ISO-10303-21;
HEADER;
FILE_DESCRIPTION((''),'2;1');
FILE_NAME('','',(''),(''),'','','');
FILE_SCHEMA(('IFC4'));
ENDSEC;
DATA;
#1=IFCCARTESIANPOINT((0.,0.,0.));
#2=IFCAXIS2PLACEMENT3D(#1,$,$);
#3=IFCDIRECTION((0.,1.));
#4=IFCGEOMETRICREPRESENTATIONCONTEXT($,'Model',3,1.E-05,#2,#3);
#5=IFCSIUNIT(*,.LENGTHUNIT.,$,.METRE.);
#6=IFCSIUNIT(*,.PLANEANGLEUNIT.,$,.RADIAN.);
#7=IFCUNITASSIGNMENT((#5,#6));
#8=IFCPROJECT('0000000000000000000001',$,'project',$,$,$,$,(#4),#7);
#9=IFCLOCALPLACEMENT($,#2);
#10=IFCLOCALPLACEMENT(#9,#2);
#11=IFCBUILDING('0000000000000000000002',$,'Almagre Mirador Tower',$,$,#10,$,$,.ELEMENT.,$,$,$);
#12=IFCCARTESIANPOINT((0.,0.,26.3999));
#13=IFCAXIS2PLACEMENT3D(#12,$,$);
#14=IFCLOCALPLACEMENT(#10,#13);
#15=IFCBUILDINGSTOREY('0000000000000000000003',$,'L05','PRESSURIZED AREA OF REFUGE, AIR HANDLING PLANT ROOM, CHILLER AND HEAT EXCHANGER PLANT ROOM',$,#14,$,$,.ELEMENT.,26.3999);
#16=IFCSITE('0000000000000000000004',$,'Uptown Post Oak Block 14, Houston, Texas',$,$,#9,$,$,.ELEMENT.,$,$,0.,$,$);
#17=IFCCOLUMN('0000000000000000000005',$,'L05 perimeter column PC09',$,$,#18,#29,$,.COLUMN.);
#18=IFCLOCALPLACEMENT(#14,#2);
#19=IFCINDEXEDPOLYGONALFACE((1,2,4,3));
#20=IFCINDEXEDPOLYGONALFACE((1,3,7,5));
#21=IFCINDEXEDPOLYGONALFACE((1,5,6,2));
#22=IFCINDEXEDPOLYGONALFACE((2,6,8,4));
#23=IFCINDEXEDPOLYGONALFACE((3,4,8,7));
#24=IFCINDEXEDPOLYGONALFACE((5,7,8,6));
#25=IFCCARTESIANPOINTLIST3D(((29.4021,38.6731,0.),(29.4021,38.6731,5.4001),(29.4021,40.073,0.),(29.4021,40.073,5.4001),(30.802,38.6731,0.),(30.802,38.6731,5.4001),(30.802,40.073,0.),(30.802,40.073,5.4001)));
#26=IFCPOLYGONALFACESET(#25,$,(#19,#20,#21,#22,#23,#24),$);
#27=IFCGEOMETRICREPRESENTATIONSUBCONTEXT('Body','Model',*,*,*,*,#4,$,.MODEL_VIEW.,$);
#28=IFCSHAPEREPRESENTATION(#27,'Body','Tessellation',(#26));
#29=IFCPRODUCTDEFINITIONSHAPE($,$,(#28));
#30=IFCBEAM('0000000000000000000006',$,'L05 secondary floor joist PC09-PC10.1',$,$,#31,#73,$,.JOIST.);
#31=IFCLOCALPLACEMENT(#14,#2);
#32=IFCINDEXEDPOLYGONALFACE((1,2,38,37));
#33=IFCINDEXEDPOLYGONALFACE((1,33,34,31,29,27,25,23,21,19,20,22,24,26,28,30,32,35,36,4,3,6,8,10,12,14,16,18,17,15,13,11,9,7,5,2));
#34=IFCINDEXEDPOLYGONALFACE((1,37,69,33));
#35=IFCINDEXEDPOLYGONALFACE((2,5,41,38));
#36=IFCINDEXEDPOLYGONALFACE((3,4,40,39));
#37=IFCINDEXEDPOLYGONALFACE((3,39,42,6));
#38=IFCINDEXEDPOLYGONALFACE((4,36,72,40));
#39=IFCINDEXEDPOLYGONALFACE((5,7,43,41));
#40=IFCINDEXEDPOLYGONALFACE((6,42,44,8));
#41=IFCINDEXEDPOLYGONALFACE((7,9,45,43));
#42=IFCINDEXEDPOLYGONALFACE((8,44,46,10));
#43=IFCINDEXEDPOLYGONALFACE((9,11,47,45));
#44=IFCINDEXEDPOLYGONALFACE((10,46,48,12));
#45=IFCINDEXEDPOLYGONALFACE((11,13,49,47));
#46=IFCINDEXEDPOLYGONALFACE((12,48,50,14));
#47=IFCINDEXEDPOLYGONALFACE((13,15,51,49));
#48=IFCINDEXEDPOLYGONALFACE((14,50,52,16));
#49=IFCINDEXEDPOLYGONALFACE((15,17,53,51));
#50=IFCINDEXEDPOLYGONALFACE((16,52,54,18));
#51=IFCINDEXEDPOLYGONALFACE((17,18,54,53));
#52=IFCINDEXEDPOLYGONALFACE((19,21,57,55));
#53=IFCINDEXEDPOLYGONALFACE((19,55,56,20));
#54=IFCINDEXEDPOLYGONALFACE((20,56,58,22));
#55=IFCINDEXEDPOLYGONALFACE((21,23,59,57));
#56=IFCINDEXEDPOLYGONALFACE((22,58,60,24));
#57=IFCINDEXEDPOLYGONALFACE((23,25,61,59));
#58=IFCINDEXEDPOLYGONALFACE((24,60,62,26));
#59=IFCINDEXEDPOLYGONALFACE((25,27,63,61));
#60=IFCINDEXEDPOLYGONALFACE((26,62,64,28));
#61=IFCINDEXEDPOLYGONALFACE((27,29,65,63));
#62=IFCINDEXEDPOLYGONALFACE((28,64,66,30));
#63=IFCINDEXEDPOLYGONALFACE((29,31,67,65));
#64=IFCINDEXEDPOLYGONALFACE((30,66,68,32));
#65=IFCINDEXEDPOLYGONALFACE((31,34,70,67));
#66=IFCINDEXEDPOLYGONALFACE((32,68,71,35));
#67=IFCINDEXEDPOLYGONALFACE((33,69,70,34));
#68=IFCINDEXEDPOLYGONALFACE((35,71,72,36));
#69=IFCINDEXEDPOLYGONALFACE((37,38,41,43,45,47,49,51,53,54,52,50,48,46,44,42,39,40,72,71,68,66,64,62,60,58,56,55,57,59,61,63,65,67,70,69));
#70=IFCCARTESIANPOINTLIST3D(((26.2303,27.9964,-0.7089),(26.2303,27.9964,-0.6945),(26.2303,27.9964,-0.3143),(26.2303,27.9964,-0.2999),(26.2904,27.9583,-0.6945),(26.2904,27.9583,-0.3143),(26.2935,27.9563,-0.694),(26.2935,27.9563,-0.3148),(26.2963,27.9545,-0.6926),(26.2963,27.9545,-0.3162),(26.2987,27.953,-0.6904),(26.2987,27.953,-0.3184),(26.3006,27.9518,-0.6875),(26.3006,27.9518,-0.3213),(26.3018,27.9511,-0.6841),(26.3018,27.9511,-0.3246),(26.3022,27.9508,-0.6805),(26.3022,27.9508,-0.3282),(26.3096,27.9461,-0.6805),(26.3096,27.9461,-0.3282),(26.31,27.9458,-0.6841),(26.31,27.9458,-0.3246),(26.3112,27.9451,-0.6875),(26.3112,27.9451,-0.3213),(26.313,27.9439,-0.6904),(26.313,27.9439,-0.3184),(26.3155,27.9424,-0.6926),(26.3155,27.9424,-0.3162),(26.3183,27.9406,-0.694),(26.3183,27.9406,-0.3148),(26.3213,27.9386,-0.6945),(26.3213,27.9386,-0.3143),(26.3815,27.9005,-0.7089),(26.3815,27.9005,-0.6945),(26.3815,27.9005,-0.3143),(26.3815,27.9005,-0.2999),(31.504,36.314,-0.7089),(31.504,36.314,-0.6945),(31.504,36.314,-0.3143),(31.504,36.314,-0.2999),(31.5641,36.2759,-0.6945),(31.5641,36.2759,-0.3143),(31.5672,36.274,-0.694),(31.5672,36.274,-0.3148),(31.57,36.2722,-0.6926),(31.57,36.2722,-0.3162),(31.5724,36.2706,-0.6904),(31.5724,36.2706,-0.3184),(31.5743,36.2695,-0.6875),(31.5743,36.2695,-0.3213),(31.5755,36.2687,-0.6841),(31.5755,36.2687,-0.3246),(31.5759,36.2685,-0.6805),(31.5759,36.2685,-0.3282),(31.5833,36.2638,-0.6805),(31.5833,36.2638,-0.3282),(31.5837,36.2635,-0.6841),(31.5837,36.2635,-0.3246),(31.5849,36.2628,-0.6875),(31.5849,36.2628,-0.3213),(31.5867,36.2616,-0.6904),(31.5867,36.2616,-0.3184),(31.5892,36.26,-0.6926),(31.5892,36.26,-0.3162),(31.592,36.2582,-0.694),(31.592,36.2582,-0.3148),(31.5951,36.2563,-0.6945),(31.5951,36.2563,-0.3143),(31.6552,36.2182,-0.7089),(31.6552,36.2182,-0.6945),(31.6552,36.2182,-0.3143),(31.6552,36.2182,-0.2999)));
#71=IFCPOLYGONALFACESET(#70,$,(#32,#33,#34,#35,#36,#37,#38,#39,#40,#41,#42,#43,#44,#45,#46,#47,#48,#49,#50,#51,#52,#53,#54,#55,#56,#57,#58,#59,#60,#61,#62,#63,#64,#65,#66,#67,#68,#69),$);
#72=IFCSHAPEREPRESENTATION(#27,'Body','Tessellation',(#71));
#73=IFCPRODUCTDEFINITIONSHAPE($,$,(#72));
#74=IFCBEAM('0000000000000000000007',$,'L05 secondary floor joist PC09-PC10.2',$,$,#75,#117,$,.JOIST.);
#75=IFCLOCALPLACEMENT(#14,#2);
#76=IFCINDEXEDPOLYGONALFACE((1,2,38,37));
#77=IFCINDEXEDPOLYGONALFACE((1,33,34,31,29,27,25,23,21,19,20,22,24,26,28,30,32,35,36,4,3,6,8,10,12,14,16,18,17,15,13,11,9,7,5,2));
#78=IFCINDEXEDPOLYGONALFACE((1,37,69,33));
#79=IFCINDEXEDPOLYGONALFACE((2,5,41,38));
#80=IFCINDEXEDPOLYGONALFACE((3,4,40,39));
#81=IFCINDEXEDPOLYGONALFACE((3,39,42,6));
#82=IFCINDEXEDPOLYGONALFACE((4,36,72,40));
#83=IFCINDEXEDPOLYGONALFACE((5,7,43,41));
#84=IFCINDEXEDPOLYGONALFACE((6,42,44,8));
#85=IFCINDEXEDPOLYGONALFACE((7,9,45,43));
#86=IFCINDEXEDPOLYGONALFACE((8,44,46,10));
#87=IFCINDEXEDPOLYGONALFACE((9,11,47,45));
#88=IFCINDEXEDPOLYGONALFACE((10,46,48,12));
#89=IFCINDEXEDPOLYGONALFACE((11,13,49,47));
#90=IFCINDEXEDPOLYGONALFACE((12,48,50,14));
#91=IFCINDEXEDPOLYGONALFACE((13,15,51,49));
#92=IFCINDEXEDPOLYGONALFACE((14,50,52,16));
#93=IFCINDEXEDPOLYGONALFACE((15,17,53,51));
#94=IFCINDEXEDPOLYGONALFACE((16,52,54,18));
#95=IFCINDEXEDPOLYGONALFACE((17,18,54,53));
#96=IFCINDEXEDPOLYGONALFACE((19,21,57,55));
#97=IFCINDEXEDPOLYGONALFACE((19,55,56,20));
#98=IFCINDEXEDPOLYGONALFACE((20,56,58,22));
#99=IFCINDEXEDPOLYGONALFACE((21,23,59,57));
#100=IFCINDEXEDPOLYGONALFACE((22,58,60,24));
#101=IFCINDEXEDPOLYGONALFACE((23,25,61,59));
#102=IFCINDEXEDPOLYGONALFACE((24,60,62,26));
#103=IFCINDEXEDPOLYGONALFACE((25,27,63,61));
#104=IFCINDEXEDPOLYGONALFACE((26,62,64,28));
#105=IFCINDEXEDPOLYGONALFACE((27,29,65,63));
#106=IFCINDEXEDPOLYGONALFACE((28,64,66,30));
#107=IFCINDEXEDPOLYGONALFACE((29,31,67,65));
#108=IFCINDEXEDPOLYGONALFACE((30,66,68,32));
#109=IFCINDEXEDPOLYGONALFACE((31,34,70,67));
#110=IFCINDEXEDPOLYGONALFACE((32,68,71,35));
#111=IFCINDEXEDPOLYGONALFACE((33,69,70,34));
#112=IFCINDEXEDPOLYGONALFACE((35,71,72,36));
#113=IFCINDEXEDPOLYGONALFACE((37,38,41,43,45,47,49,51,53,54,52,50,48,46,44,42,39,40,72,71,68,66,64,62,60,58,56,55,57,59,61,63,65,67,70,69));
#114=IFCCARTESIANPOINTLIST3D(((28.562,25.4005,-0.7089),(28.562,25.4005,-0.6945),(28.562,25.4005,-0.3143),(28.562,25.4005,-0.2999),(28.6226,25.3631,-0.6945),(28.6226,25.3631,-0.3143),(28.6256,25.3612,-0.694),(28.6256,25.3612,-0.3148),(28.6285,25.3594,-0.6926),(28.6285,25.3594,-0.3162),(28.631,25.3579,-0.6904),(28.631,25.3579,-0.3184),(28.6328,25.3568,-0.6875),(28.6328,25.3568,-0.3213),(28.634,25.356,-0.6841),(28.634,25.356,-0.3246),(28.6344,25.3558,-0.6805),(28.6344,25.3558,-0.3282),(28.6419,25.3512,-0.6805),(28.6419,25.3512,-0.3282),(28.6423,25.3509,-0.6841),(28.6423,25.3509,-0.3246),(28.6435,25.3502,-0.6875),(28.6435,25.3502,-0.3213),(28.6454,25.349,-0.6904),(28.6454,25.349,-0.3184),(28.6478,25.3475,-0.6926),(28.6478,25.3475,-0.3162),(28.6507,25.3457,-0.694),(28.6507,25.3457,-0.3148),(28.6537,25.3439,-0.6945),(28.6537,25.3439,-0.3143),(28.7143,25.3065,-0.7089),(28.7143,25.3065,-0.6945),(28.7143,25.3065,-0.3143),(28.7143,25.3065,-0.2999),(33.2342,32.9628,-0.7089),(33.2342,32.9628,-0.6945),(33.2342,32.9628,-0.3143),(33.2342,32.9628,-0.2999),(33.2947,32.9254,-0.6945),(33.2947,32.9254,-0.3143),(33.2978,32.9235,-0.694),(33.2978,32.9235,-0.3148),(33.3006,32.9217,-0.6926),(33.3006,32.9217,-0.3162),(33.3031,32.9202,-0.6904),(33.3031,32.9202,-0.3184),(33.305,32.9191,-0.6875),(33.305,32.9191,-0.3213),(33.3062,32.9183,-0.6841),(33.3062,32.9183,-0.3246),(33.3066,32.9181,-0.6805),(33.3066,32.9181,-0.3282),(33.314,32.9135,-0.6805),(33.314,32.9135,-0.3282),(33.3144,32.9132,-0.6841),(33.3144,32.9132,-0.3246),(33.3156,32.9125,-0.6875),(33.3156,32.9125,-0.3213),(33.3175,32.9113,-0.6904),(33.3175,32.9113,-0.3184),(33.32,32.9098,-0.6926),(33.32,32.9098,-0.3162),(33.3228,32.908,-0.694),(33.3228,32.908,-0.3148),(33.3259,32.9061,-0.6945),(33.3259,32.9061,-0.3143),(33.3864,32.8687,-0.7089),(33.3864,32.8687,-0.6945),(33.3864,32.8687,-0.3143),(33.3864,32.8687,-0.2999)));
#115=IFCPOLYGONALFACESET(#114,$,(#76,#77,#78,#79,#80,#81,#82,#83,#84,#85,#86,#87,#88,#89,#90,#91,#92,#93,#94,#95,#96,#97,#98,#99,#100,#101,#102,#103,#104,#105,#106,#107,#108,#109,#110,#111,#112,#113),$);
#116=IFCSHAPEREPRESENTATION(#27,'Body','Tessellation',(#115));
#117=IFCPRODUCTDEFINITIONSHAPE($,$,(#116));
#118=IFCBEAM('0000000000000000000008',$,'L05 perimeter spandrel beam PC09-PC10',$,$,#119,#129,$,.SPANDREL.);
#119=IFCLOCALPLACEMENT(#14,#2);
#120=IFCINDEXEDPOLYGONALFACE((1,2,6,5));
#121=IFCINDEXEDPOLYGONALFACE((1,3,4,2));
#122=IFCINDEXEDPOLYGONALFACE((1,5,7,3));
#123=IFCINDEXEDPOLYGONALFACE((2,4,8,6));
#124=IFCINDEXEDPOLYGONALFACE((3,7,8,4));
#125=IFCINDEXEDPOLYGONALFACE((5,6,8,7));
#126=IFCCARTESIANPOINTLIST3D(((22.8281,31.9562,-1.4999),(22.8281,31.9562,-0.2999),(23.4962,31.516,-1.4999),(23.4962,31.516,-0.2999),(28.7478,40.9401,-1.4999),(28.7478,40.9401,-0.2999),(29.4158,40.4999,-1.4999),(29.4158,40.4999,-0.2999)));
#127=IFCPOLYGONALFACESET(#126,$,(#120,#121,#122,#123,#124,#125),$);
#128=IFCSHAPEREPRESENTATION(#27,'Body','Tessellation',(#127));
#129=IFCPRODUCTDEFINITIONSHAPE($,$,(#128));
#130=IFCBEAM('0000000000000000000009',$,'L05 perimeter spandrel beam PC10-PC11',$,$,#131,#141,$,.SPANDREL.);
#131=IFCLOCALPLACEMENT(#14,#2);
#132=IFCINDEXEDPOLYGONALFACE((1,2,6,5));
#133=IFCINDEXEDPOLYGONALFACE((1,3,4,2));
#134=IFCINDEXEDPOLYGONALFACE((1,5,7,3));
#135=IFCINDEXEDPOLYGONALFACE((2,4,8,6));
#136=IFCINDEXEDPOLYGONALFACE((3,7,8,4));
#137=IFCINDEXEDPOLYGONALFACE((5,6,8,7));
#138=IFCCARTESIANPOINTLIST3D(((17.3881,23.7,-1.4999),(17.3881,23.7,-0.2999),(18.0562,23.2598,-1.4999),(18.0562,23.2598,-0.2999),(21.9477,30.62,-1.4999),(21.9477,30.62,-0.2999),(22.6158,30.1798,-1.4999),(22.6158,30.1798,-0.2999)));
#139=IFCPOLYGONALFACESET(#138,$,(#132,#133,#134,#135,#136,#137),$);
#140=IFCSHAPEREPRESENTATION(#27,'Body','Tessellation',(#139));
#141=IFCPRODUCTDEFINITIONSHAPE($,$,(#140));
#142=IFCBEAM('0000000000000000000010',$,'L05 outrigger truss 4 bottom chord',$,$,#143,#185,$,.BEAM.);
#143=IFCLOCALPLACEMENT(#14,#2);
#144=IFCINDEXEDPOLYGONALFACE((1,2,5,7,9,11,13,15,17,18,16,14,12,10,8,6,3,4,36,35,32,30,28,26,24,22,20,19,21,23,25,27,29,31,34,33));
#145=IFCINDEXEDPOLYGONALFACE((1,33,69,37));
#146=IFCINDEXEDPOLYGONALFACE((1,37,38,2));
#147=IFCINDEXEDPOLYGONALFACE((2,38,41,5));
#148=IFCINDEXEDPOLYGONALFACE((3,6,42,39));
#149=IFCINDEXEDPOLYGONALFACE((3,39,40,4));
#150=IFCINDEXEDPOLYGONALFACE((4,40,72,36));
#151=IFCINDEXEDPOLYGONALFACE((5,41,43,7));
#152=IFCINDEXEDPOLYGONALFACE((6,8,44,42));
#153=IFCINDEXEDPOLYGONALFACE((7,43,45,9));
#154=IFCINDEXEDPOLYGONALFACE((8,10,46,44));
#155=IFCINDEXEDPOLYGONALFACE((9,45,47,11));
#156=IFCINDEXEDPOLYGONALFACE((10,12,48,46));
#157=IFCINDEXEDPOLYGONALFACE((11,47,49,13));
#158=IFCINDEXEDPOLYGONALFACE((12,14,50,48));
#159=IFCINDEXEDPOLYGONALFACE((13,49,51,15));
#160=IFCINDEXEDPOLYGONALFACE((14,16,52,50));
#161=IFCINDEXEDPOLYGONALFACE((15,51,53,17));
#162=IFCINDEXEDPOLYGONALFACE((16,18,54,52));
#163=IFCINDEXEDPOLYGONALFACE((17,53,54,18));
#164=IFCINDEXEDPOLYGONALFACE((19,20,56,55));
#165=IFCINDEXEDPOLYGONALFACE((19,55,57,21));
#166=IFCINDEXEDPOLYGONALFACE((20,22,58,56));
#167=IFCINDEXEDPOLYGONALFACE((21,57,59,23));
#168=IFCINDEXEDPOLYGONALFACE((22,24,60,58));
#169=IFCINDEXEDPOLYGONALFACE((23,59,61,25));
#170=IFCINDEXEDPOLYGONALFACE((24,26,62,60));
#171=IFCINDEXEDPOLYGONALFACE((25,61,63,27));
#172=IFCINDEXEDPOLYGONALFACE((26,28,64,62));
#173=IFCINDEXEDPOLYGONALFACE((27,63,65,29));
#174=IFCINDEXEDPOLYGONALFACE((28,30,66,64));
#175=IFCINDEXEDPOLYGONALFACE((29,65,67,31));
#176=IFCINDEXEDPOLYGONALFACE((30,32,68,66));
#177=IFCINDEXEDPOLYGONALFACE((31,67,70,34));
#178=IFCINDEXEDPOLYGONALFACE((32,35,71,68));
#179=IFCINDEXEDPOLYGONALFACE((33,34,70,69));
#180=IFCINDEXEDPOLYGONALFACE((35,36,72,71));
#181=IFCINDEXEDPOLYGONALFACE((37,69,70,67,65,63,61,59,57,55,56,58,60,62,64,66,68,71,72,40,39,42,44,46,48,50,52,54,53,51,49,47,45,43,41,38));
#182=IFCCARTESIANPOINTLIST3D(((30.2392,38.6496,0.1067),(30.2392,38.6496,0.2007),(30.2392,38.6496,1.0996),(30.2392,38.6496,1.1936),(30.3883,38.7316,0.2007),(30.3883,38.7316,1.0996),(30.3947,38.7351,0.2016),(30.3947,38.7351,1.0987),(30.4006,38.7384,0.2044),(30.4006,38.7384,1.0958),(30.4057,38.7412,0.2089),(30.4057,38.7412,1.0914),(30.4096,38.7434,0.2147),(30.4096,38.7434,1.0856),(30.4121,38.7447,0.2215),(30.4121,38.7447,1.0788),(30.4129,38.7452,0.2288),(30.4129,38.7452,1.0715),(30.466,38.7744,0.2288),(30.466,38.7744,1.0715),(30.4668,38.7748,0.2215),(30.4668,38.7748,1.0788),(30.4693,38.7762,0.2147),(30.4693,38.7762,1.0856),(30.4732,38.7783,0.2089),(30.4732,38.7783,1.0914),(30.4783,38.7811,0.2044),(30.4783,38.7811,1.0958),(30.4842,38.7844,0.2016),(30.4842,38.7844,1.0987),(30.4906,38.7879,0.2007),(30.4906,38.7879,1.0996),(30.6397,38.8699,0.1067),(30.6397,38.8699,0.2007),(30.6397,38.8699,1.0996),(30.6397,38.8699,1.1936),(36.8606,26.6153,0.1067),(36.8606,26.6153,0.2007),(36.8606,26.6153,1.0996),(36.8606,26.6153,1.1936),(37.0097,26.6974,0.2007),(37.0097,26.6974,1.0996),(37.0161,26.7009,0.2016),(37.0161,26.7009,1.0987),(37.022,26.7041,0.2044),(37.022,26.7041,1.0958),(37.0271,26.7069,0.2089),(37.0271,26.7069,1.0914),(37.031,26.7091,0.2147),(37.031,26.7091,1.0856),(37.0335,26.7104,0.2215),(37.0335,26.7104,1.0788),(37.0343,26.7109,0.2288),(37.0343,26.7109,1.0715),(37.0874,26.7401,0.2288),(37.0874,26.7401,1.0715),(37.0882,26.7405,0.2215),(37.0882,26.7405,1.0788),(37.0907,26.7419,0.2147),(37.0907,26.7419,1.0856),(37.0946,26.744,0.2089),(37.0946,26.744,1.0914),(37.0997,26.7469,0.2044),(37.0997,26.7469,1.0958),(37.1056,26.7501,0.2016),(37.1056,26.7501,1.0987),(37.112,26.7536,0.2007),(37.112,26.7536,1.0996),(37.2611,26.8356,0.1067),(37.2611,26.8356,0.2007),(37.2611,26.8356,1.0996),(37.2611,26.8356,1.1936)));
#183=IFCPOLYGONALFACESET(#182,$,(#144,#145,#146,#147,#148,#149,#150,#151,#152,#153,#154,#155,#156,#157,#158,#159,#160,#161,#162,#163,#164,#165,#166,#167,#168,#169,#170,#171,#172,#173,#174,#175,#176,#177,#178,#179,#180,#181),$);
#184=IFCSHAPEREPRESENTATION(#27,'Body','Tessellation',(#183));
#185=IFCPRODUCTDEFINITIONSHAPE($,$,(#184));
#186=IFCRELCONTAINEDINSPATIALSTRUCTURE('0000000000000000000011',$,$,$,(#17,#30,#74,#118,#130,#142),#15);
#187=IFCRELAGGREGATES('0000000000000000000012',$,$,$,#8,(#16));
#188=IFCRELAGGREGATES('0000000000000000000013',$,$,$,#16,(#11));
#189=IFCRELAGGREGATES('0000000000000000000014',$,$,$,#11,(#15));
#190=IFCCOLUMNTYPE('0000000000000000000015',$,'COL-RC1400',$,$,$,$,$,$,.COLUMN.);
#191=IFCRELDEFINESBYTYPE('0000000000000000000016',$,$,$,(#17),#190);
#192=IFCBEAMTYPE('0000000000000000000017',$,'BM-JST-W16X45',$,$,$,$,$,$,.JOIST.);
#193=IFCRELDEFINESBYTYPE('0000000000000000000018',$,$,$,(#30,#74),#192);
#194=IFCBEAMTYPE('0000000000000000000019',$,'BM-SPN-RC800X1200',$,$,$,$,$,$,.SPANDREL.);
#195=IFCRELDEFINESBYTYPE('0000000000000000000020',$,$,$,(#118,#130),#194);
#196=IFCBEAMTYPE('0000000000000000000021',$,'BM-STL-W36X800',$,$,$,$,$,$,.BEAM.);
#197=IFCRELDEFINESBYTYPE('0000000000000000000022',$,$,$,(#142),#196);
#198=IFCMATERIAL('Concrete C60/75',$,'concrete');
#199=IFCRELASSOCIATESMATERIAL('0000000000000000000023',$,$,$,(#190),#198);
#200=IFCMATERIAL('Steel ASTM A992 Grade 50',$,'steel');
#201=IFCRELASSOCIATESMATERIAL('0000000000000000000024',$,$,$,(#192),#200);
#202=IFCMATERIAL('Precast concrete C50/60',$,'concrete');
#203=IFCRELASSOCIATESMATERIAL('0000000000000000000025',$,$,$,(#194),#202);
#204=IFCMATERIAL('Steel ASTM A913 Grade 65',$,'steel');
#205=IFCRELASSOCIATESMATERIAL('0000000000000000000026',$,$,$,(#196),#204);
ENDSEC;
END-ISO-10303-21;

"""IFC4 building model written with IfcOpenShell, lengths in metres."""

from ifc_helpers import new_model, si_unit, direction, frame, origin, origin_2d, place, context, subcontext, project, spatial, rectangle, i_section, extrude, material, material_profile, profile_set, type_object, element, save


model = new_model("IFC4")

# Units and contexts
model_context = context("Model", 3, precision=1e-05, world=origin(), true_north=direction((0.0, 1.0)))
body_context = subcontext(model_context, "Body", "Model", "MODEL_VIEW")
ifc_project = project(units=[si_unit("LENGTHUNIT", "METRE"), si_unit("PLANEANGLEUNIT", "RADIAN")], contexts=[model_context])

# Site, building, storey
site_placement = place(None, origin())
site = spatial("IfcSite", under=ifc_project, at=site_placement, Name="Uptown Post Oak Block 14, Houston, Texas", CompositionType="ELEMENT", RefElevation=0.0)
building_placement = place(site_placement, origin())
building = spatial("IfcBuilding", under=site, at=building_placement, Name="Almagre Mirador Tower", CompositionType="ELEMENT")
storey_placement = place(building_placement, frame((0.0, 0.0, 26.3999)))
storey = spatial("IfcBuildingStorey", under=building, at=storey_placement, Name="L05", Description="PRESSURIZED AREA OF REFUGE, AIR HANDLING PLANT ROOM, CHILLER AND HEAT EXCHANGER PLANT ROOM", CompositionType="ELEMENT", Elevation=26.3999)

# Column
ifc_material_1 = material(Name="Concrete C60/75", Category="concrete")
ifc_material_profile_1 = material_profile(ifc_material_1, rectangle(XDim=1.3999, YDim=1.3999, at=origin_2d()), Name="RC1400X1400")
ifc_profile_set_1 = profile_set([ifc_material_profile_1], Name="Concrete C60/75")
column_type = type_object("IfcColumnType", Name="COL-RC1400", PredefinedType="COLUMN", material=ifc_profile_set_1)
column_placement = place(storey_placement, frame((30.1021, 39.373, 0.0), z_axis=(0.0, 0.0, 1.0), x_axis=(1.0, 0.0, 0.0)))
element("IfcColumn", 1, at=column_placement, inside=storey, type_object=column_type, Name="L05 perimeter column PC09", PredefinedType="COLUMN", context=body_context, shape_type="SweptSolid", body=[
    extrude(rectangle(XDim=1.3999, YDim=1.3999, at=origin_2d()), origin(), (0.0, 0.0, 1.0), 5.4001),
])

# Beams
ifc_material_2 = material(Name="Steel ASTM A992 Grade 50", Category="steel")
ifc_material_profile_2 = material_profile(ifc_material_2, i_section(OverallWidth=0.179, OverallDepth=0.4089, WebThickness=0.0088, FlangeThickness=0.0144, FilletRadius=0.0139, at=origin_2d()), Name="W16X45")
ifc_profile_set_2 = profile_set([ifc_material_profile_2], Name="Steel ASTM A992 Grade 50")
beam_type_1 = type_object("IfcBeamType", Name="BM-JST-W16X45", PredefinedType="JOIST", material=ifc_profile_set_2)
beam_1_placement = place(storey_placement, frame((31.5796, 36.2661, -0.5044), z_axis=(-0.535476, -0.84455, 0.0), x_axis=(0.84455, -0.535476, 0.0)))
element("IfcBeam", 2, at=beam_1_placement, inside=storey, type_object=beam_type_1, Name="L05 secondary floor joist PC09-PC10.1", PredefinedType="JOIST", context=body_context, shape_type="SweptSolid", body=[
    extrude(i_section(OverallWidth=0.179, OverallDepth=0.4089, WebThickness=0.0088, FlangeThickness=0.0144, FilletRadius=0.0139, at=origin_2d()), origin(), (0.0, 0.0, 1.0), 9.8486),
])
beam_2_placement = place(storey_placement, frame((33.3103, 32.9158, -0.5044), z_axis=(-0.5256, -0.850732, 0.0), x_axis=(0.850732, -0.5256, 0.0)))
element("IfcBeam", 3, at=beam_2_placement, inside=storey, type_object=beam_type_1, Name="L05 secondary floor joist PC09-PC10.2", PredefinedType="JOIST", context=body_context, shape_type="SweptSolid", body=[
    extrude(i_section(OverallWidth=0.179, OverallDepth=0.4089, WebThickness=0.0088, FlangeThickness=0.0144, FilletRadius=0.0139, at=origin_2d()), origin(), (0.0, 0.0, 1.0), 8.8892),
])
ifc_material_3 = material(Name="Precast concrete C50/60", Category="concrete")
ifc_material_profile_3 = material_profile(ifc_material_3, rectangle(XDim=0.8, YDim=1.2, at=origin_2d()), Name="RC800X1200")
ifc_profile_set_3 = profile_set([ifc_material_profile_3], Name="Precast concrete C50/60")
beam_type_2 = type_object("IfcBeamType", Name="BM-SPN-RC800X1200", PredefinedType="SPANDREL", material=ifc_profile_set_3)
beam_3_placement = place(storey_placement, frame((29.0818, 40.72, -0.8999), z_axis=(-0.550215, -0.835023, 0.0), x_axis=(0.835023, -0.550215, 0.0)))
element("IfcBeam", 4, at=beam_3_placement, inside=storey, type_object=beam_type_2, Name="L05 perimeter spandrel beam PC09-PC10", PredefinedType="SPANDREL", context=body_context, shape_type="SweptSolid", body=[
    extrude(rectangle(XDim=0.8, YDim=1.2, at=origin_2d()), origin(), (0.0, 0.0, 1.0), 10.7588),
])
beam_4_placement = place(storey_placement, frame((22.2817, 30.3999, -0.8999), z_axis=(-0.550205, -0.83503, 0.0), x_axis=(0.83503, -0.550205, 0.0)))
element("IfcBeam", 5, at=beam_4_placement, inside=storey, type_object=beam_type_2, Name="L05 perimeter spandrel beam PC10-PC11", PredefinedType="SPANDREL", context=body_context, shape_type="SweptSolid", body=[
    extrude(rectangle(XDim=0.8, YDim=1.2, at=origin_2d()), origin(), (0.0, 0.0, 1.0), 8.2871),
])
ifc_material_4 = material(Name="Steel ASTM A913 Grade 65", Category="steel")
ifc_material_profile_4 = material_profile(ifc_material_4, i_section(OverallWidth=0.457, OverallDepth=1.0869, WebThickness=0.0605, FlangeThickness=0.094, FilletRadius=0.0281, at=origin_2d()), Name="W36X800")
ifc_profile_set_4 = profile_set([ifc_material_profile_4], Name="Steel ASTM A913 Grade 65")
beam_type_3 = type_object("IfcBeamType", Name="BM-STL-W36X800", PredefinedType="BEAM", material=ifc_profile_set_4)
for number, where, z_axis, x_axis, name in (
    (6, (30.4395, 38.7598, 0.6501), (0.482061, -0.876138, 0.0), (0.876138, 0.482061, 0.0), "L05 outrigger truss 4 bottom chord"),
):
    element("IfcBeam", number, at=place(storey_placement, frame(where, z_axis=z_axis, x_axis=x_axis)), inside=storey, type_object=beam_type_3, Name=name, PredefinedType="BEAM", context=body_context, shape_type="SweptSolid", body=[
        extrude(i_section(OverallWidth=0.457, OverallDepth=1.0869, WebThickness=0.0605, FlangeThickness=0.094, FilletRadius=0.0281, at=origin_2d()), origin(), (0.0, 0.0, 1.0), 13.7356),
    ])

save(model, "model.ifc")
